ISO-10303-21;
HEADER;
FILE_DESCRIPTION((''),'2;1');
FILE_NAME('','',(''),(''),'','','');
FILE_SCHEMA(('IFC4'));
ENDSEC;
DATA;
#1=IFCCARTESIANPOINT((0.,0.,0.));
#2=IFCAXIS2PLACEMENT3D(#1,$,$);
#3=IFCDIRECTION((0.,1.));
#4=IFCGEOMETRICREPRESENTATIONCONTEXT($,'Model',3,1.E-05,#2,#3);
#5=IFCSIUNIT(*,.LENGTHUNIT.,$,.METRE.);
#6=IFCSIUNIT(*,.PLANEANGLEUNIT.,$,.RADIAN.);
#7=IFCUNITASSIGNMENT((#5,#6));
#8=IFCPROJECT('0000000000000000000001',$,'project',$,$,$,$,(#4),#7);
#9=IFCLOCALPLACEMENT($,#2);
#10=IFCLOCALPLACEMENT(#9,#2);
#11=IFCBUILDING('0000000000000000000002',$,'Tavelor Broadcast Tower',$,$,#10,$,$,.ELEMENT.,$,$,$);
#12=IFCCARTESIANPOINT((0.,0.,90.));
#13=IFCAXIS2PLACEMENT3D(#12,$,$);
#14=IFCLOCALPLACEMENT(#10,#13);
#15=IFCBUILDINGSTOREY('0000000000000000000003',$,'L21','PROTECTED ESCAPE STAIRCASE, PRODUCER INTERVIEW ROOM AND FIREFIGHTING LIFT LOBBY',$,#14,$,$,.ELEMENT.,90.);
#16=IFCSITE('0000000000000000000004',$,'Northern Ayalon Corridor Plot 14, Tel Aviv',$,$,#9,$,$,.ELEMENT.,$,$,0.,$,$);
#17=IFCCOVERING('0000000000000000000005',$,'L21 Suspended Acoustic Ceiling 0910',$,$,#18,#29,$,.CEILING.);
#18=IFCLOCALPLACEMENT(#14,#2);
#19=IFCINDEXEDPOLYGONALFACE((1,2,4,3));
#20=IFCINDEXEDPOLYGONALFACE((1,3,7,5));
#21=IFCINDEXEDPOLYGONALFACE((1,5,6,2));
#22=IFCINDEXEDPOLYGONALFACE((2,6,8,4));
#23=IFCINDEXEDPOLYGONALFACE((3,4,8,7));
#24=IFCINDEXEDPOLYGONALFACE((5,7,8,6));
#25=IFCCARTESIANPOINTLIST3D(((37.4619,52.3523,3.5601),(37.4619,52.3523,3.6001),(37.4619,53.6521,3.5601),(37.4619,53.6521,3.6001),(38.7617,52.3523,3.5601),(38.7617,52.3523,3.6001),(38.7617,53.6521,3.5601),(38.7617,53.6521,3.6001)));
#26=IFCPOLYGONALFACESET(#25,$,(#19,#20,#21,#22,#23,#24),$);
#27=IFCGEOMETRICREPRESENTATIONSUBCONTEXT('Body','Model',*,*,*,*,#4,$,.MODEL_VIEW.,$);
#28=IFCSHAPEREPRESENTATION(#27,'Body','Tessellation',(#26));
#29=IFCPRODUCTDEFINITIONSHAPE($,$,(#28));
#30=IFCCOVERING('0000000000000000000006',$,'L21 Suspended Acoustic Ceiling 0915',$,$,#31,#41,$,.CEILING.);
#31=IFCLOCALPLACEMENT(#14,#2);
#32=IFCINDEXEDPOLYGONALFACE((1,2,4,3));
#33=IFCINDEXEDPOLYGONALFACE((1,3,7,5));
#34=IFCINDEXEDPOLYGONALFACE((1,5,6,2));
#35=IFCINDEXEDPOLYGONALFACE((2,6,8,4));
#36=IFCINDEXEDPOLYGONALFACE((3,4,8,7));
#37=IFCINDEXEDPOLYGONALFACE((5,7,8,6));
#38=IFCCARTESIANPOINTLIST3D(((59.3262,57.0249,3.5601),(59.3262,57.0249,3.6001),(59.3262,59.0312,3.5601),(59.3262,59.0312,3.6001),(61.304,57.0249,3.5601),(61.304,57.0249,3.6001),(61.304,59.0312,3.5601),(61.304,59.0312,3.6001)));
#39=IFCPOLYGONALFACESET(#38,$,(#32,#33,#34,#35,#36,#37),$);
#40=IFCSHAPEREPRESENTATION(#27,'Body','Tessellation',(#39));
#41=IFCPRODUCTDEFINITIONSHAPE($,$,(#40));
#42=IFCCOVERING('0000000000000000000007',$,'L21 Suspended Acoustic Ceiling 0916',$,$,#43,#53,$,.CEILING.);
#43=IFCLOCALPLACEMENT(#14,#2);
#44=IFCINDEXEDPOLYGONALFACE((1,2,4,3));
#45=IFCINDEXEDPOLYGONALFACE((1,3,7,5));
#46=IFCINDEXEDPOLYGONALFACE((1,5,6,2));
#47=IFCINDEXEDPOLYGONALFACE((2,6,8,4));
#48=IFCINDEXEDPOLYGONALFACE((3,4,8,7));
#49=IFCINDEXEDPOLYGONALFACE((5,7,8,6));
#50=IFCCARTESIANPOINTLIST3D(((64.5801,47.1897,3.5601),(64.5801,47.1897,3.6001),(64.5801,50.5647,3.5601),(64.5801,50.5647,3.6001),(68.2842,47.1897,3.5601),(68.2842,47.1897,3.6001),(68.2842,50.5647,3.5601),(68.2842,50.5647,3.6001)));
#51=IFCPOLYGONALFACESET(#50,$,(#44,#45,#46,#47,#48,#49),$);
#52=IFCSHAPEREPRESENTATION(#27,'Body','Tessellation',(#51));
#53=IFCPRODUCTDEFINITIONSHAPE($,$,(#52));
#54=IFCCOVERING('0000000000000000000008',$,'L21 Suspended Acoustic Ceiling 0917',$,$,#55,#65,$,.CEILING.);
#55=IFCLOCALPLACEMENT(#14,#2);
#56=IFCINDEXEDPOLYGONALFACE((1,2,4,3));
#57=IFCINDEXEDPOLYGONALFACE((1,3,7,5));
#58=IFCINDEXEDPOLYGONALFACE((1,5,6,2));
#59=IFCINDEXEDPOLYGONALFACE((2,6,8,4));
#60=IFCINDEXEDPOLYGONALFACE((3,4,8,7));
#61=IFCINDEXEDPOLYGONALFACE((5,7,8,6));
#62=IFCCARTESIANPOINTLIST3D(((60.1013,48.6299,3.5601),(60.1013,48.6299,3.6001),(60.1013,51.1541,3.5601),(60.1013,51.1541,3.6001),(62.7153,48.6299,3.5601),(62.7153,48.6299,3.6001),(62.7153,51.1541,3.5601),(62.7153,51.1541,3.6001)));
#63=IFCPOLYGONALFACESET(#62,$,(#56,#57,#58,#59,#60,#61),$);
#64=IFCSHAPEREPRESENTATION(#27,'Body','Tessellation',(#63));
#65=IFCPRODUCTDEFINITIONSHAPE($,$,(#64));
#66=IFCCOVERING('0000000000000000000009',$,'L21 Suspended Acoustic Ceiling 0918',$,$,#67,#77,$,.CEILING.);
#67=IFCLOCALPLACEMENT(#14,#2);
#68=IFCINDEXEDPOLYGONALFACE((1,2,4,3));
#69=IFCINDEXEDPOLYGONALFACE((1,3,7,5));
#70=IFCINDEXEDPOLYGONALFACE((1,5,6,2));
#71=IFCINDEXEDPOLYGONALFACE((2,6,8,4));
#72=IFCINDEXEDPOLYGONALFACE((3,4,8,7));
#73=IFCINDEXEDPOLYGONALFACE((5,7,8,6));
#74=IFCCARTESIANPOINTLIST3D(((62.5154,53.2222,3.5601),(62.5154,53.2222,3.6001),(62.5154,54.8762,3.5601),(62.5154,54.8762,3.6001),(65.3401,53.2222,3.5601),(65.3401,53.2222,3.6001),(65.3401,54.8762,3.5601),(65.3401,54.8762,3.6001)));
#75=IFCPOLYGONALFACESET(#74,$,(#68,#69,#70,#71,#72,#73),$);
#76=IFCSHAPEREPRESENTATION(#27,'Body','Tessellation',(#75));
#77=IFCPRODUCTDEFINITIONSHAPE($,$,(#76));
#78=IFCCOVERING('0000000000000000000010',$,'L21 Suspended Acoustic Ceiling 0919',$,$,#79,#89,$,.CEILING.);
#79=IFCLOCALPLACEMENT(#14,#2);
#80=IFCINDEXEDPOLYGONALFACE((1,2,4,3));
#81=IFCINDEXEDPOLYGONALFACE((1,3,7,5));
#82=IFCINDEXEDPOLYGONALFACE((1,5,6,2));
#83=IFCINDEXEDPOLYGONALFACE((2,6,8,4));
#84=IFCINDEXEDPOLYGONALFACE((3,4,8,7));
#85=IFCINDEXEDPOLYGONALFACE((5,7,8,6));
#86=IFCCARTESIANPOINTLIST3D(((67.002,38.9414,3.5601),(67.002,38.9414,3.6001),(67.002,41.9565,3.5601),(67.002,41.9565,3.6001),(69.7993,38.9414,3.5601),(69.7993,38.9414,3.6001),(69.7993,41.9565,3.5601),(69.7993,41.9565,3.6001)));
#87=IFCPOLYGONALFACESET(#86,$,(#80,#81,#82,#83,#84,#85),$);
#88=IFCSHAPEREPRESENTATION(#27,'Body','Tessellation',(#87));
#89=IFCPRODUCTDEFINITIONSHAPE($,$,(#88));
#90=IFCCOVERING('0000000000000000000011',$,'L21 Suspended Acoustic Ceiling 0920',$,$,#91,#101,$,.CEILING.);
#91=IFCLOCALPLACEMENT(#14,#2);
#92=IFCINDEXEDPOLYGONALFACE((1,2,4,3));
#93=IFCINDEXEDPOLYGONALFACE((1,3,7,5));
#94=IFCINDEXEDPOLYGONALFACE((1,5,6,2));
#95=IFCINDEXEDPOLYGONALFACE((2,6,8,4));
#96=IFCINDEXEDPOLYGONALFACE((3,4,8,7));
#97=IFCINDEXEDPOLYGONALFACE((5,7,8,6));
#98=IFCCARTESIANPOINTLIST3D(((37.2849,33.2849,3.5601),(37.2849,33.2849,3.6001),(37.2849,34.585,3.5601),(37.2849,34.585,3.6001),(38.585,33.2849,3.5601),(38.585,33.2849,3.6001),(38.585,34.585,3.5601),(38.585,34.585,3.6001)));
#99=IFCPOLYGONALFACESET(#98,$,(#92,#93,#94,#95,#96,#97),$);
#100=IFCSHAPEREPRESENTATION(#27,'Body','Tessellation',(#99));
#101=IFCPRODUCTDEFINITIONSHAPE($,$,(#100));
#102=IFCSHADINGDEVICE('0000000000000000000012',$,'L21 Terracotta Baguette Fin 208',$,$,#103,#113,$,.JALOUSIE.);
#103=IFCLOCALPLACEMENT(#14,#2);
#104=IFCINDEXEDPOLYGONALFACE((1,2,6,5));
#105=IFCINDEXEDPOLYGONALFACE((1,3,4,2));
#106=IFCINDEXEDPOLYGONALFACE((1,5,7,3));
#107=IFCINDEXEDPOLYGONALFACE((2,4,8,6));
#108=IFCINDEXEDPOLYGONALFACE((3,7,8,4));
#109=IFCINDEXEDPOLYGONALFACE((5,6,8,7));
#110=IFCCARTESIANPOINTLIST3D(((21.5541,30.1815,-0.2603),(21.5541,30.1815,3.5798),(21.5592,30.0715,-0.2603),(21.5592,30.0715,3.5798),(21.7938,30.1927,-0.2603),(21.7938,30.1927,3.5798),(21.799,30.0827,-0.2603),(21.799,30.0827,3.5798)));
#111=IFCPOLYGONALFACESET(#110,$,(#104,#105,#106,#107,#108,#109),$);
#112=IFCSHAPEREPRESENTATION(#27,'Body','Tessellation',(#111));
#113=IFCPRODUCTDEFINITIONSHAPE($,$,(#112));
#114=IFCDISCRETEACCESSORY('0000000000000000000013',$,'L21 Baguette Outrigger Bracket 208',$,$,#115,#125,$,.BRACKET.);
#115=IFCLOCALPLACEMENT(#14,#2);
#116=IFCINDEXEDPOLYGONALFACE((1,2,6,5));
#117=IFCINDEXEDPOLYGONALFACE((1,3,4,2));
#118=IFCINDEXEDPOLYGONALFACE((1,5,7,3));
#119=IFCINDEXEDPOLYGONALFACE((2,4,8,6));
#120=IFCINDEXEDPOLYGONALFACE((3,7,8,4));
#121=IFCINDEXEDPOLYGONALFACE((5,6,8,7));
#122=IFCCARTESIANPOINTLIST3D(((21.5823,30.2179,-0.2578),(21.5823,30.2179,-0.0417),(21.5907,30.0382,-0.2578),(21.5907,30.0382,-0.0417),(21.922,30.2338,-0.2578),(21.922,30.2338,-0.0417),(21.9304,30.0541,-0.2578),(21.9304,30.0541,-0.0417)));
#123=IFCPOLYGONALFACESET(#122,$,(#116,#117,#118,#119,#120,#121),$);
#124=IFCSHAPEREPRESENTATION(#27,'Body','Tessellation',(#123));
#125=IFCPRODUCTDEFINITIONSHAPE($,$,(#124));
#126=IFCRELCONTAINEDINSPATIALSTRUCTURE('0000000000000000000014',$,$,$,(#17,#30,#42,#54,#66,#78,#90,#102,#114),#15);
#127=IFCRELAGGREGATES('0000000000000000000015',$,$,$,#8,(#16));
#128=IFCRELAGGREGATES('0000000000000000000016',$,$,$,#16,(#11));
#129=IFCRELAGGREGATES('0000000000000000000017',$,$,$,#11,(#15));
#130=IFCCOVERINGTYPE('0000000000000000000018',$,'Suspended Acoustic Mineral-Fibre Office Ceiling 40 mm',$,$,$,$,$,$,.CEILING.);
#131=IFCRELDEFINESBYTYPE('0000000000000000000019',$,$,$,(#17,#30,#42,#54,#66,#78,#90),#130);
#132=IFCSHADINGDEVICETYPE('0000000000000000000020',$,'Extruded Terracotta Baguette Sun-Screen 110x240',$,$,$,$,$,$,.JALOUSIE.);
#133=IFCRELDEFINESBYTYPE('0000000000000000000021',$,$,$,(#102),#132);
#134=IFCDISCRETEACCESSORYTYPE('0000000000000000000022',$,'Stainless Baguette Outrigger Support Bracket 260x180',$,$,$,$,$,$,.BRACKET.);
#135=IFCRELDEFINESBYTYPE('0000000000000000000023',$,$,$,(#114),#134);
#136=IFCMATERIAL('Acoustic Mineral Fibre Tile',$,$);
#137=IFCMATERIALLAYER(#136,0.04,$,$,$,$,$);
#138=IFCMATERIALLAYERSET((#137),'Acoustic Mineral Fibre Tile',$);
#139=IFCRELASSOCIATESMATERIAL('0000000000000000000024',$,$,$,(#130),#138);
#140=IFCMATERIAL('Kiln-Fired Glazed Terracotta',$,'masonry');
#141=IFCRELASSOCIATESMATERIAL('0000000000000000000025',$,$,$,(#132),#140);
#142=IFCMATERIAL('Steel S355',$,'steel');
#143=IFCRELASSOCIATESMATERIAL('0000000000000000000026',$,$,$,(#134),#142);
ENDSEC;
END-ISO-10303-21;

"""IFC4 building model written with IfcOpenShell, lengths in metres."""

from ifc_helpers import new_model, si_unit, direction, frame, origin, origin_2d, place, context, subcontext, project, spatial, polyline, rectangle, outline, extrude, source, transform, mapped, material, layer, layer_set, type_object, type_shapes, element, save


model = new_model("IFC4")

# Units and contexts
model_context = context("Model", 3, precision=1e-05, world=origin(), true_north=direction((0.0, 1.0)))
body_context = subcontext(model_context, "Body", "Model", "MODEL_VIEW")
ifc_project = project(units=[si_unit("LENGTHUNIT", "METRE"), si_unit("PLANEANGLEUNIT", "RADIAN")], contexts=[model_context])

# Site, building, storey
site_placement = place(None, origin())
site = spatial("IfcSite", under=ifc_project, at=site_placement, Name="Northern Ayalon Corridor Plot 14, Tel Aviv", CompositionType="ELEMENT", RefElevation=0.0)
building_placement = place(site_placement, origin())
building = spatial("IfcBuilding", under=site, at=building_placement, Name="Tavelor Broadcast Tower", CompositionType="ELEMENT")
storey_placement = place(building_placement, frame((0.0, 0.0, 90.0)))
storey = spatial("IfcBuildingStorey", under=building, at=storey_placement, Name="L21", Description="PROTECTED ESCAPE STAIRCASE, PRODUCER INTERVIEW ROOM AND FIREFIGHTING LIFT LOBBY", CompositionType="ELEMENT", Elevation=90.0)

# Coverings
ifc_material_1 = material(Name="Acoustic Mineral Fibre Tile")
ifc_layer_1 = layer(ifc_material_1, 0.04)
ifc_layer_set_1 = layer_set([ifc_layer_1], Name="Acoustic Mineral Fibre Tile")
covering_type_1 = type_object("IfcCoveringType", Name="Suspended Acoustic Mineral-Fibre Office Ceiling 40 mm", PredefinedType="CEILING", material=ifc_layer_set_1)
covering_1_placement = place(storey_placement, frame((0.0, 0.0, 3.5601)))
element("IfcCovering", 1, at=covering_1_placement, inside=storey, type_object=covering_type_1, Name="L21 Suspended Acoustic Ceiling 0910", PredefinedType="CEILING", context=body_context, shape_type="SweptSolid", body=[
    extrude(outline(polyline([(37.4619, 52.3523), (38.7617, 52.3523), (38.7617, 53.6521), (37.4619, 53.6521), (37.4619, 52.3523)])), origin(), (0.0, 0.0, 1.0), 0.04),
])
covering_2_placement = place(storey_placement, frame((0.0, 0.0, 3.5601)))
element("IfcCovering", 2, at=covering_2_placement, inside=storey, type_object=covering_type_1, Name="L21 Suspended Acoustic Ceiling 0915", PredefinedType="CEILING", context=body_context, shape_type="SweptSolid", body=[
    extrude(outline(polyline([(59.3262, 57.0249), (61.304, 57.0249), (61.304, 59.0312), (59.3262, 59.0312), (59.3262, 57.0249)])), origin(), (0.0, 0.0, 1.0), 0.04),
])
covering_3_placement = place(storey_placement, frame((0.0, 0.0, 3.5601)))
element("IfcCovering", 3, at=covering_3_placement, inside=storey, type_object=covering_type_1, Name="L21 Suspended Acoustic Ceiling 0916", PredefinedType="CEILING", context=body_context, shape_type="SweptSolid", body=[
    extrude(outline(polyline([(64.5801, 47.1897), (68.2842, 47.1897), (68.2842, 50.5647), (64.5801, 50.5647), (64.5801, 47.1897)])), origin(), (0.0, 0.0, 1.0), 0.04),
])
covering_4_placement = place(storey_placement, frame((0.0, 0.0, 3.5601)))
element("IfcCovering", 4, at=covering_4_placement, inside=storey, type_object=covering_type_1, Name="L21 Suspended Acoustic Ceiling 0917", PredefinedType="CEILING", context=body_context, shape_type="SweptSolid", body=[
    extrude(outline(polyline([(60.1013, 48.6299), (62.7153, 48.6299), (62.7153, 51.1541), (60.1013, 51.1541), (60.1013, 48.6299)])), origin(), (0.0, 0.0, 1.0), 0.04),
])
covering_5_placement = place(storey_placement, frame((0.0, 0.0, 3.5601)))
element("IfcCovering", 5, at=covering_5_placement, inside=storey, type_object=covering_type_1, Name="L21 Suspended Acoustic Ceiling 0918", PredefinedType="CEILING", context=body_context, shape_type="SweptSolid", body=[
    extrude(outline(polyline([(62.5154, 53.2222), (65.3401, 53.2222), (65.3401, 54.8762), (62.5154, 54.8762), (62.5154, 53.2222)])), origin(), (0.0, 0.0, 1.0), 0.04),
])
covering_6_placement = place(storey_placement, frame((0.0, 0.0, 3.5601)))
element("IfcCovering", 6, at=covering_6_placement, inside=storey, type_object=covering_type_1, Name="L21 Suspended Acoustic Ceiling 0919", PredefinedType="CEILING", context=body_context, shape_type="SweptSolid", body=[
    extrude(outline(polyline([(67.002, 38.9414), (69.7993, 38.9414), (69.7993, 41.9565), (67.002, 41.9565), (67.002, 38.9414)])), origin(), (0.0, 0.0, 1.0), 0.04),
])
covering_7_placement = place(storey_placement, frame((0.0, 0.0, 3.5601)))
element("IfcCovering", 7, at=covering_7_placement, inside=storey, type_object=covering_type_1, Name="L21 Suspended Acoustic Ceiling 0920", PredefinedType="CEILING", context=body_context, shape_type="SweptSolid", body=[
    extrude(outline(polyline([(37.2849, 33.2849), (38.585, 33.2849), (38.585, 34.585), (37.2849, 34.585), (37.2849, 33.2849)])), origin(), (0.0, 0.0, 1.0), 0.04),
])

# Shading device
ifc_material_2 = material(Name="Kiln-Fired Glazed Terracotta", Category="masonry")
shading_device_type = type_object("IfcShadingDeviceType", Name="Extruded Terracotta Baguette Sun-Screen 110x240", PredefinedType="JALOUSIE", material=ifc_material_2)
shared_shape_1 = source(origin(), body_context, "Body", "SweptSolid", [
    extrude(rectangle(XDim=0.1101, YDim=0.24, at=origin_2d()), origin(), (0.0, 0.0, 1.0), 3.8401),
])
type_shapes(shading_device_type, [shared_shape_1])
shading_device_placement = place(storey_placement, frame((21.6765, 30.1321, -0.2603), z_axis=(0.0, 0.0, 1.0), x_axis=(0.046758, -0.998906, 0.0)))
element("IfcShadingDevice", 8, at=shading_device_placement, inside=storey, type_object=shading_device_type, Name="L21 Terracotta Baguette Fin 208", PredefinedType="JALOUSIE", context=body_context, shape_type="MappedRepresentation", body=[
    mapped(shared_shape_1, transform((0.0, 0.0, 0.0), scale=1.0)),
])

# Discrete accessory
ifc_material_3 = material(Name="Steel S355", Category="steel")
discrete_accessory_type = type_object("IfcDiscreteAccessoryType", Name="Stainless Baguette Outrigger Support Bracket 260x180", PredefinedType="BRACKET", material=ifc_material_3)
shared_shape_2 = source(origin(), body_context, "Body", "SweptSolid", [
    extrude(rectangle(XDim=0.1799, YDim=0.3401, at=origin_2d()), origin(), (0.0, 0.0, 1.0), 0.2161),
])
type_shapes(discrete_accessory_type, [shared_shape_2])
discrete_accessory_placement = place(storey_placement, frame((21.7563, 30.136, -0.2578), z_axis=(0.0, 0.0, 1.0), x_axis=(0.046758, -0.998906, 0.0)))
element("IfcDiscreteAccessory", 9, at=discrete_accessory_placement, inside=storey, type_object=discrete_accessory_type, Name="L21 Baguette Outrigger Bracket 208", PredefinedType="BRACKET", context=body_context, shape_type="MappedRepresentation", body=[
    mapped(shared_shape_2, transform((0.0, 0.0, 0.0), scale=1.0)),
])

save(model, "model.ifc")
